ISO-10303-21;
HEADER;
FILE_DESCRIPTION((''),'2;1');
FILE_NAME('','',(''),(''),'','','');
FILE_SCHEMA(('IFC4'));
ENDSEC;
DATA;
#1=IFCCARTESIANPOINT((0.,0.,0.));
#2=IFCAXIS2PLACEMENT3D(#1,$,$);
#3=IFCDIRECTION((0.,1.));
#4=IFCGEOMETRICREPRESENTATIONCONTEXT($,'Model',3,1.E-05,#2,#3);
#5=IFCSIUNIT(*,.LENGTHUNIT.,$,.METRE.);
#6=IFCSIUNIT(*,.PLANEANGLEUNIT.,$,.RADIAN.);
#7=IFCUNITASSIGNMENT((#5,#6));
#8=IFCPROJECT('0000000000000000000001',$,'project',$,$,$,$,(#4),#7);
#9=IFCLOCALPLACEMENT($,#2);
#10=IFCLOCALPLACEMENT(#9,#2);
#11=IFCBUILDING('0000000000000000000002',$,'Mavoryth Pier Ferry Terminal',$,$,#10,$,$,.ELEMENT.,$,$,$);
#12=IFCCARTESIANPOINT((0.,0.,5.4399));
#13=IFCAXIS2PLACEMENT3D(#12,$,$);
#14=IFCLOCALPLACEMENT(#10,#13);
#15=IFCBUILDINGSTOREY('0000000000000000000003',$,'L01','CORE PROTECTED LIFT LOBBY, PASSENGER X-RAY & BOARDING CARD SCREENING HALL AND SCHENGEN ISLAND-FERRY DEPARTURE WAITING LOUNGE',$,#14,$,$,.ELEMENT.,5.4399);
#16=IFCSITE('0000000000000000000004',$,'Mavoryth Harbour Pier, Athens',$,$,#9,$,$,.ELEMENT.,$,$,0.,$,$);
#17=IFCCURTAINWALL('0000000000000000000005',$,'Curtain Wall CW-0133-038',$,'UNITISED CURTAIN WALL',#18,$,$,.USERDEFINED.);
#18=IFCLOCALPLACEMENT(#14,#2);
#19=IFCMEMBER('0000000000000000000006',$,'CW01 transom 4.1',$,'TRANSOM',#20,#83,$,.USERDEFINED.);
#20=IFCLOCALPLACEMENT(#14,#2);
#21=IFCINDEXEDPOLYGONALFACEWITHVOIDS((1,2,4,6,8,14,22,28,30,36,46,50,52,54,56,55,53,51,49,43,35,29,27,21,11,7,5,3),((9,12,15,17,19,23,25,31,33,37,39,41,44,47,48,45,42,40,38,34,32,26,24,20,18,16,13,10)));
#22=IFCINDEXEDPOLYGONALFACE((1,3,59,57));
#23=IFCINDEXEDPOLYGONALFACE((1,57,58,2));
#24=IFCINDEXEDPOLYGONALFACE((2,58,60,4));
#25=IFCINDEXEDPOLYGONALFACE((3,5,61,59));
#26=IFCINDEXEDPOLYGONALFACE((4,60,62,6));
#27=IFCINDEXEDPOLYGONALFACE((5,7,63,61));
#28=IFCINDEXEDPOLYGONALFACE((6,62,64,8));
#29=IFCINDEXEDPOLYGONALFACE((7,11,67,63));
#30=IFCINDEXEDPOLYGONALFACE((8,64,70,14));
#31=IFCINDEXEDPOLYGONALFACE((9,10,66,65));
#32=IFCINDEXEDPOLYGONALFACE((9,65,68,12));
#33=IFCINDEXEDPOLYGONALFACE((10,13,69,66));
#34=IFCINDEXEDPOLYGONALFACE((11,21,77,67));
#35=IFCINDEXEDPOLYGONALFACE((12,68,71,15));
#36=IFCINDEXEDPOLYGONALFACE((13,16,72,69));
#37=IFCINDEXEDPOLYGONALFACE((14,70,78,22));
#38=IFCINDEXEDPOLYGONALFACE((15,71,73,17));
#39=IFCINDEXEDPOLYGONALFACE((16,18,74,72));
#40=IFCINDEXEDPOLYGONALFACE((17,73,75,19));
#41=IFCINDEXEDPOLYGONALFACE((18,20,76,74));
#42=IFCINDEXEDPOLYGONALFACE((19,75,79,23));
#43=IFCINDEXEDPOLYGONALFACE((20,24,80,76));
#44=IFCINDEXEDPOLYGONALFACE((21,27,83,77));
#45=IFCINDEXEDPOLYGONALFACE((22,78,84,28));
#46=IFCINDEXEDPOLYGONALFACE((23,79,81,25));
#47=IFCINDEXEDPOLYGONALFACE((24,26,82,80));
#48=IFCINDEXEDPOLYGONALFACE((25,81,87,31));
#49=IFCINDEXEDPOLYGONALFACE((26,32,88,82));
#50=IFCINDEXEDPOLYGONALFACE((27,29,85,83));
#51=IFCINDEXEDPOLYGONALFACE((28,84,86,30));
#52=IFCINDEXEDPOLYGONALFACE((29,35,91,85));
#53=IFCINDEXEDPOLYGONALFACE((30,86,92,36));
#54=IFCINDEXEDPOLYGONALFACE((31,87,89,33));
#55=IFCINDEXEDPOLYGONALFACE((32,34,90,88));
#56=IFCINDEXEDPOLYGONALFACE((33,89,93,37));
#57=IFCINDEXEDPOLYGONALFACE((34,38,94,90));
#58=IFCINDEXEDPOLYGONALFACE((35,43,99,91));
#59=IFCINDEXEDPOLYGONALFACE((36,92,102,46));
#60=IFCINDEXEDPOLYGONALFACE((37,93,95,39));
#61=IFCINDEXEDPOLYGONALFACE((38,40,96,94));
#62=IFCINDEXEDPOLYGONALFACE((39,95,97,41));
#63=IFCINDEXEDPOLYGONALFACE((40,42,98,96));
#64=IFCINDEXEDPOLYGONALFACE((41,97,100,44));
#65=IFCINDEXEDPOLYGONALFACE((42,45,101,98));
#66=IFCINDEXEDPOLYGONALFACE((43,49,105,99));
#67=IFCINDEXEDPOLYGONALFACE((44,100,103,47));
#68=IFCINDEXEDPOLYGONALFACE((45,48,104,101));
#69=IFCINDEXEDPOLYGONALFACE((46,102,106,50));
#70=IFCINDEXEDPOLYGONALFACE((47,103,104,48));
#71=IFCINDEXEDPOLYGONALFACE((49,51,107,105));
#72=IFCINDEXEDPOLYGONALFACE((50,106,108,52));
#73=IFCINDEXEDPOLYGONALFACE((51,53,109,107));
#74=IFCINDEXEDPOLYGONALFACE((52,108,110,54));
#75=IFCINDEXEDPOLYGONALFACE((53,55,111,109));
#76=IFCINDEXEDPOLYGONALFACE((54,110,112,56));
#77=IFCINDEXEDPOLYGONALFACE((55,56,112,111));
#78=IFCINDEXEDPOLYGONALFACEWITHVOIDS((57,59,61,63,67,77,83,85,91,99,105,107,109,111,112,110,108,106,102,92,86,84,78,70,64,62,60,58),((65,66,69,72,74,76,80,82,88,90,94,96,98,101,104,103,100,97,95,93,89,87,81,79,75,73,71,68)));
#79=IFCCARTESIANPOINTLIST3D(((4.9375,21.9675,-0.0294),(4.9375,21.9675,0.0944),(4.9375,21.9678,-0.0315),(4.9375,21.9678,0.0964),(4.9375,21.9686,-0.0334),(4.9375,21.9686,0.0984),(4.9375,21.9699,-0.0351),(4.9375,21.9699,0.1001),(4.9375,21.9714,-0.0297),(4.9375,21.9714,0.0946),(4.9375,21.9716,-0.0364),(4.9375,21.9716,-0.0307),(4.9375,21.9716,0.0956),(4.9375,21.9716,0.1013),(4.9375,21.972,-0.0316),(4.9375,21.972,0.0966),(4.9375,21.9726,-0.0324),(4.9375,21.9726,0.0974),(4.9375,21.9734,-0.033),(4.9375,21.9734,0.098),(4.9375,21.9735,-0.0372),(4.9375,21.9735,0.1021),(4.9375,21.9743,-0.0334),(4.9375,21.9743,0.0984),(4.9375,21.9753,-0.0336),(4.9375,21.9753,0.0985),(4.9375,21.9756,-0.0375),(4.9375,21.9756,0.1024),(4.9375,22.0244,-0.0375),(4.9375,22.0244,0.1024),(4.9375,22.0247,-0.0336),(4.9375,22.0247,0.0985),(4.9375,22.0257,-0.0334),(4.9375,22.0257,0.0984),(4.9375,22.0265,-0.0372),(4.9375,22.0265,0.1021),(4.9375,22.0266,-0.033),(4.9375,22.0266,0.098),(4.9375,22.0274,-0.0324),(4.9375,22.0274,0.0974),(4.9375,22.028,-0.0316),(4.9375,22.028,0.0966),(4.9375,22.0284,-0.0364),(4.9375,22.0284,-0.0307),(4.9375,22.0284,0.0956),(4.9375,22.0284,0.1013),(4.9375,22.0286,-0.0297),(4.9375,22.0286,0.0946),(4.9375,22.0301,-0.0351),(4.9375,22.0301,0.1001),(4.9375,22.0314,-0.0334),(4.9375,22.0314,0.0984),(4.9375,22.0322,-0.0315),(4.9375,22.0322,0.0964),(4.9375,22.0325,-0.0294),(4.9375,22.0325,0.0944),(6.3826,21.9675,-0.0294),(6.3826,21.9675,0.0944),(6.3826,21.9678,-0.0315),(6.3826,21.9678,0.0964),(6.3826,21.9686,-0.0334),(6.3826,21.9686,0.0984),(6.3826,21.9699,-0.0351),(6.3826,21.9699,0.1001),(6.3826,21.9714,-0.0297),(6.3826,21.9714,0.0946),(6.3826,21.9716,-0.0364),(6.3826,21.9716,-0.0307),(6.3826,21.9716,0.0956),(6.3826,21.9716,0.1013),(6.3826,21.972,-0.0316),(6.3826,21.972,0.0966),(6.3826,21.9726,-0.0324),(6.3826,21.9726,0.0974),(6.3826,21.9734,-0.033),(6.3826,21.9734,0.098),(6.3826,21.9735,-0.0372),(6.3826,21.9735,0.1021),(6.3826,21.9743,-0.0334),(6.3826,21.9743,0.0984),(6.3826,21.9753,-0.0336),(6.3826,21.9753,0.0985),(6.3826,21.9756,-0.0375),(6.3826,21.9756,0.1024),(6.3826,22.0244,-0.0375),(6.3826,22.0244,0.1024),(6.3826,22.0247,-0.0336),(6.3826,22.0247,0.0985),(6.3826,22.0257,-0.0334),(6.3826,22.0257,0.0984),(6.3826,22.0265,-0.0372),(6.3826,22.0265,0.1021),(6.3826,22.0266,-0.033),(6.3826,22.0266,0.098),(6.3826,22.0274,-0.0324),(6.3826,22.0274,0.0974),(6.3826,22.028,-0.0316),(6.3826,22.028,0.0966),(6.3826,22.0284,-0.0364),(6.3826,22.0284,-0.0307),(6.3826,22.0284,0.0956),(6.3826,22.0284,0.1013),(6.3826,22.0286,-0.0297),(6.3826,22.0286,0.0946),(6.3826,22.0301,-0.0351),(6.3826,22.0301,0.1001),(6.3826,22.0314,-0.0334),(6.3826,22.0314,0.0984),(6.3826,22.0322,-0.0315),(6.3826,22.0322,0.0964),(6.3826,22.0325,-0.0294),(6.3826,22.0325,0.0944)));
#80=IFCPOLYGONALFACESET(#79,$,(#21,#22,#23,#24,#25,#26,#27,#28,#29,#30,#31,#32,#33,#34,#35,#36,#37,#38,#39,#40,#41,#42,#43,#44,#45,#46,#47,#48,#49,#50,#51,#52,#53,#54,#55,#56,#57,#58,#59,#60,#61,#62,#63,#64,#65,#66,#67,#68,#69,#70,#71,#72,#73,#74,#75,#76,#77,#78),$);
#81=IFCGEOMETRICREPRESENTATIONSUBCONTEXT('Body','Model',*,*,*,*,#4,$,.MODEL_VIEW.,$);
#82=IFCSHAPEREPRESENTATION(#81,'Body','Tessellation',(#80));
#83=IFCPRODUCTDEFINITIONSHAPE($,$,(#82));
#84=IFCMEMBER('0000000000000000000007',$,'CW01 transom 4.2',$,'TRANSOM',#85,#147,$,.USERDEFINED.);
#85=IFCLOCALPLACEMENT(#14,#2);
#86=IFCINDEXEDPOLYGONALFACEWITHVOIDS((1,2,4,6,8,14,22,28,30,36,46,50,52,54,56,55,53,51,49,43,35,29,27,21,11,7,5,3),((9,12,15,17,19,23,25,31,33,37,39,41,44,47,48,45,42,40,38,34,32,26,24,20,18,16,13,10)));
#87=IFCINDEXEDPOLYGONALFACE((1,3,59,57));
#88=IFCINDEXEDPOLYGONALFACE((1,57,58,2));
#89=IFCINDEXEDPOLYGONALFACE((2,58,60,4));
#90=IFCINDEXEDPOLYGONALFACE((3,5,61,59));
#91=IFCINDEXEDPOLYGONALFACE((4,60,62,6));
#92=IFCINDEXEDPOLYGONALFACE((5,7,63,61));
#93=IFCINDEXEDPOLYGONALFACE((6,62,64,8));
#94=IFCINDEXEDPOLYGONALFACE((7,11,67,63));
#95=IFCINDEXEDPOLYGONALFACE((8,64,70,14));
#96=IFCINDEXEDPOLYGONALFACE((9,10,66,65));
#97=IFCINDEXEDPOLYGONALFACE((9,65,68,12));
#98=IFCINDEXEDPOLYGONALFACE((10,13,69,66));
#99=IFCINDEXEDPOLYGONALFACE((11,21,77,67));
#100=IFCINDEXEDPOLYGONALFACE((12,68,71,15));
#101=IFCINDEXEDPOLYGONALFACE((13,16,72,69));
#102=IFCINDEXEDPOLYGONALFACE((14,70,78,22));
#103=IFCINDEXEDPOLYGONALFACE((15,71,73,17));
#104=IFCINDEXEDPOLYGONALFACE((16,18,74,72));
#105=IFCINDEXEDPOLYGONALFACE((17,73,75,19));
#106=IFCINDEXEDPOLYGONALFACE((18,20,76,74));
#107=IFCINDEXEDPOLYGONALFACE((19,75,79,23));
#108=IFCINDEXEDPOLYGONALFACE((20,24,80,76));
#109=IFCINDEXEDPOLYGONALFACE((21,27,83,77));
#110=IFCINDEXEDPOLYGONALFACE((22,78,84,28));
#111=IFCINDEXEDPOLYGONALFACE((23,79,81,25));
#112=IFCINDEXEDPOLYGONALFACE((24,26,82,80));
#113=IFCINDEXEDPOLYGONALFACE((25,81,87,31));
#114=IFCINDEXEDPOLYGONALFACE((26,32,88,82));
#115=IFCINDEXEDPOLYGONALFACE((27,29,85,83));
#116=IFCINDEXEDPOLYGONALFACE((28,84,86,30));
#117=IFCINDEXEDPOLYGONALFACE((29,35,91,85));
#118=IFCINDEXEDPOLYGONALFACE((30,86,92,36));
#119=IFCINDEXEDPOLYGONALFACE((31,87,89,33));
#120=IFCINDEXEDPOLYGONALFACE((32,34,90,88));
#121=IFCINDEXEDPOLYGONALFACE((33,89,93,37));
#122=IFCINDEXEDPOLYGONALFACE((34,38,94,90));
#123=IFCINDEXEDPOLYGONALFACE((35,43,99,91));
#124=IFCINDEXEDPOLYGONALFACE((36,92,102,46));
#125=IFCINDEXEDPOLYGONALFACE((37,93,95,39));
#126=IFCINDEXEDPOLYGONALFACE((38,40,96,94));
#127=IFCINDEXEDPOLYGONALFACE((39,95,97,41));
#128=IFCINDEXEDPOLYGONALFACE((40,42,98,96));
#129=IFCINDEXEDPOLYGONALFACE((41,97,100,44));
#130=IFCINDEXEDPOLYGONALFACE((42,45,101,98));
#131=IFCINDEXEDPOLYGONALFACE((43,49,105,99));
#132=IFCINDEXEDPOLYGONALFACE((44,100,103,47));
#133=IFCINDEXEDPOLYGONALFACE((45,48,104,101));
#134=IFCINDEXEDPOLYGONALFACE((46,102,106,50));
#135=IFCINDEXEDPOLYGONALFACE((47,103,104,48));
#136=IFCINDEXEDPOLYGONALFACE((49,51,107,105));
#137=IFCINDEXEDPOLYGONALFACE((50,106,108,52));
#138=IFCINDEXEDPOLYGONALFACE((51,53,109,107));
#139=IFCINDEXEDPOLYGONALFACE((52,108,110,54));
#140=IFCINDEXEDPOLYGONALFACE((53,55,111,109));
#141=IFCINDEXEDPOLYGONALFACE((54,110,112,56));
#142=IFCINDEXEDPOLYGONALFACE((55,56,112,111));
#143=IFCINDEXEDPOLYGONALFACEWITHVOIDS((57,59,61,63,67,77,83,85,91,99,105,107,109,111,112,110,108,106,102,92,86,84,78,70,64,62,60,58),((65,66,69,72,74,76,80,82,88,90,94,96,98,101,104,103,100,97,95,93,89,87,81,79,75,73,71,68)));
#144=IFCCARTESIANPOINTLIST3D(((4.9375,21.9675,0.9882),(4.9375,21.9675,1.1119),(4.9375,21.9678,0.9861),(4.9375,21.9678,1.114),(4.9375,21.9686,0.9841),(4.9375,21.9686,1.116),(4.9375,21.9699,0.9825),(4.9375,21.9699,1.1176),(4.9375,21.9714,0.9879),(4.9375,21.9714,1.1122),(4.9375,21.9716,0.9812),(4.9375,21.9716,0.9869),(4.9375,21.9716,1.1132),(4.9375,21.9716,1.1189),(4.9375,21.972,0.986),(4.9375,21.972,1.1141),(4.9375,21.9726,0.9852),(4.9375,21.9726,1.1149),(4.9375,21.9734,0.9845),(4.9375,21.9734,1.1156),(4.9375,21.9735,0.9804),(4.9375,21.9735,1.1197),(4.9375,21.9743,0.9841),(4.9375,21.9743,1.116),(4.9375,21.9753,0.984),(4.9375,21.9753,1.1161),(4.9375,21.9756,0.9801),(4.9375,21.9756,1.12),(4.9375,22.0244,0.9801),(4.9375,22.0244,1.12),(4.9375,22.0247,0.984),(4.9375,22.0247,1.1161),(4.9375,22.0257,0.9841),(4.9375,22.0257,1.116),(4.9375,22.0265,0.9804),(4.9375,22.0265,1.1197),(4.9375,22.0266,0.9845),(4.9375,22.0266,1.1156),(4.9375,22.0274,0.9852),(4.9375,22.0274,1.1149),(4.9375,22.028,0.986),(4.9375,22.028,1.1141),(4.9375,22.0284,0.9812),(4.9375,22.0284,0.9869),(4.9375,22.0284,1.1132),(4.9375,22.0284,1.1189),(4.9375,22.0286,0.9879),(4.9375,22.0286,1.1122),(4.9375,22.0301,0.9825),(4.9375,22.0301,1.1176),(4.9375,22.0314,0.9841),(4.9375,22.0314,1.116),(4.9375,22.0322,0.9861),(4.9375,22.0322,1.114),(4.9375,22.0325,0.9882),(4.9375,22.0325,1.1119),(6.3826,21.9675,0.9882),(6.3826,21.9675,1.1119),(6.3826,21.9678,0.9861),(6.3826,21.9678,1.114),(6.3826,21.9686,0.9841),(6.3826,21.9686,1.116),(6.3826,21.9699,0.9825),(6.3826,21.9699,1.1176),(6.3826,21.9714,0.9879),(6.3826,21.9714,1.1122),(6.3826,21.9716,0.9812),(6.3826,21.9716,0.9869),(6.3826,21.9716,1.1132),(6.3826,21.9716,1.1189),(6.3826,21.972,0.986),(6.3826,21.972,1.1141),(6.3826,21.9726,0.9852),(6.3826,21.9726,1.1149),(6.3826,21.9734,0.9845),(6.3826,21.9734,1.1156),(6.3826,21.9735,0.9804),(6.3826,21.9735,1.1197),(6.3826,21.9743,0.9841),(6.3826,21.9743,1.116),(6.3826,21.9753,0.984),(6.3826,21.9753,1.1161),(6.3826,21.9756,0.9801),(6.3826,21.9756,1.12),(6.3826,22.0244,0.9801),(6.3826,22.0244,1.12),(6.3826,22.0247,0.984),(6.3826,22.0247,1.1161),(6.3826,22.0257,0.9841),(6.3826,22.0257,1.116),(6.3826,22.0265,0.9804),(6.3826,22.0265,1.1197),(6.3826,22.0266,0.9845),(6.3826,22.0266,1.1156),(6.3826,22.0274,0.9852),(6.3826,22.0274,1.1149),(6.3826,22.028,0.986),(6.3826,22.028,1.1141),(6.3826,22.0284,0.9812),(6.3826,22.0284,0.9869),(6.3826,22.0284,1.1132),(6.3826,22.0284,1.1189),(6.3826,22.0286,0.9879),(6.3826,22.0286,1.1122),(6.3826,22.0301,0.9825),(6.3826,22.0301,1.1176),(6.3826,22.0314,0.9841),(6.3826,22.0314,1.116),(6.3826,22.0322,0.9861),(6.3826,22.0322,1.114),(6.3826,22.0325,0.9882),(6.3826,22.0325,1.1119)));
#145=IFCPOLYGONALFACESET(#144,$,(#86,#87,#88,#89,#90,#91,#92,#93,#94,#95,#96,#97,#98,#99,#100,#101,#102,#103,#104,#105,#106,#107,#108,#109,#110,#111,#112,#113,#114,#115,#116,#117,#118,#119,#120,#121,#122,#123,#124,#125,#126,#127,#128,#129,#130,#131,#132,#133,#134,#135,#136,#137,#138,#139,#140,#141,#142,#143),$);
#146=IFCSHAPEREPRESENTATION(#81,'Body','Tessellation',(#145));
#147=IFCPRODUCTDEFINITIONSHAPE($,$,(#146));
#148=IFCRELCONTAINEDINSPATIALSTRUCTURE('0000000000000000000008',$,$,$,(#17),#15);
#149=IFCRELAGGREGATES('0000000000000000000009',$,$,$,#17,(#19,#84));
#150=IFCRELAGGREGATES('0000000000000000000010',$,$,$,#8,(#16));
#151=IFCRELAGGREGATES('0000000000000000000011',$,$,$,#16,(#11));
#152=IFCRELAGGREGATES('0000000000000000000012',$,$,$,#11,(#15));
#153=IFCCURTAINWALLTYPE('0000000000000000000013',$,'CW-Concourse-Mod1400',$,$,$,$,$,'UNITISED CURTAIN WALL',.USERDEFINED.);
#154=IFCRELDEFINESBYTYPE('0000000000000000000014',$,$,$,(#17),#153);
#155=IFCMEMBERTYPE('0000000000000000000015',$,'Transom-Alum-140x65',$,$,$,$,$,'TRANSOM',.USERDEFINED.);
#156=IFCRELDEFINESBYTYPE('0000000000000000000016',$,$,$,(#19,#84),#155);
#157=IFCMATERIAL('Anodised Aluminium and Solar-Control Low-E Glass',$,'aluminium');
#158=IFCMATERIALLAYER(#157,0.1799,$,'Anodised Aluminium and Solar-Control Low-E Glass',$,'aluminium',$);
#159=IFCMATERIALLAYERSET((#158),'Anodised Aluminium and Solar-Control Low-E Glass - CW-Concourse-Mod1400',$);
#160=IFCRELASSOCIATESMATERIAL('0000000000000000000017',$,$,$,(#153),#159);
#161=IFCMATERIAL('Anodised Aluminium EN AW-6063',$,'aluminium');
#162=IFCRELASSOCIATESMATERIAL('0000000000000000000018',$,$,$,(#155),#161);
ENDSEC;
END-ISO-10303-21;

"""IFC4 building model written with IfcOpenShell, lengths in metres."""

from ifc_helpers import new_model, si_unit, direction, frame, origin, origin_2d, place, context, subcontext, project, spatial, hollow_rectangle, extrude, material, layer, layer_set, material_profile, profile_set, type_object, element, aggregate, save


model = new_model("IFC4")

# Units and contexts
model_context = context("Model", 3, precision=1e-05, world=origin(), true_north=direction((0.0, 1.0)))
body_context = subcontext(model_context, "Body", "Model", "MODEL_VIEW")
ifc_project = project(units=[si_unit("LENGTHUNIT", "METRE"), si_unit("PLANEANGLEUNIT", "RADIAN")], contexts=[model_context])

# Site, building, storey
site_placement = place(None, origin())
site = spatial("IfcSite", under=ifc_project, at=site_placement, Name="Mavoryth Harbour Pier, Athens", CompositionType="ELEMENT", RefElevation=0.0)
building_placement = place(site_placement, origin())
building = spatial("IfcBuilding", under=site, at=building_placement, Name="Mavoryth Pier Ferry Terminal", CompositionType="ELEMENT")
storey_placement = place(building_placement, frame((0.0, 0.0, 5.4399)))
storey = spatial("IfcBuildingStorey", under=building, at=storey_placement, Name="L01", Description="CORE PROTECTED LIFT LOBBY, PASSENGER X-RAY & BOARDING CARD SCREENING HALL AND SCHENGEN ISLAND-FERRY DEPARTURE WAITING LOUNGE", CompositionType="ELEMENT", Elevation=5.4399)

# Curtain wall
ifc_material_1 = material(Name="Anodised Aluminium and Solar-Control Low-E Glass", Category="aluminium")
ifc_layer_1 = layer(ifc_material_1, 0.1799, Name="Anodised Aluminium and Solar-Control Low-E Glass", Category="aluminium")
ifc_layer_set_1 = layer_set([ifc_layer_1], Name="Anodised Aluminium and Solar-Control Low-E Glass - CW-Concourse-Mod1400")
curtain_wall_type = type_object("IfcCurtainWallType", Name="CW-Concourse-Mod1400", ElementType="UNITISED CURTAIN WALL", PredefinedType="USERDEFINED", material=ifc_layer_set_1)
curtain_wall_1_placement = place(storey_placement, origin())
curtain_wall_1 = element("IfcCurtainWall", 1, at=curtain_wall_1_placement, inside=storey, type_object=curtain_wall_type, Name="Curtain Wall CW-0133-038", ObjectType="UNITISED CURTAIN WALL", PredefinedType="USERDEFINED")
ifc_material_2 = material(Name="Anodised Aluminium EN AW-6063", Category="aluminium")

# Members
ifc_material_profile_1 = material_profile(ifc_material_2, hollow_rectangle(XDim=0.0649, YDim=0.1399, WallThickness=0.0039, InnerFilletRadius=0.0039, OuterFilletRadius=0.0081, at=origin_2d()), Name="AL-TRAN 140x65x4", Category="aluminium")
ifc_profile_set_1 = profile_set([ifc_material_profile_1], Name="Anodised Aluminium EN AW-6063 - AL-TRAN 140x65x4")
member_type_1 = type_object("IfcMemberType", Name="Transom-Alum-140x65", ElementType="TRANSOM", PredefinedType="USERDEFINED", material=ifc_profile_set_1)
member_1_placement = place(storey_placement, frame((4.9375, 22.0, 0.0325), z_axis=(1.0, 0.0, 0.0), x_axis=(0.0, 1.0, 0.0)))
member_1 = element("IfcMember", 2, at=member_1_placement, type_object=member_type_1, Name="CW01 transom 4.1", ObjectType="TRANSOM", PredefinedType="USERDEFINED", context=body_context, shape_type="SweptSolid", body=[
    extrude(hollow_rectangle(XDim=0.0649, YDim=0.1399, WallThickness=0.0039, InnerFilletRadius=0.0039, OuterFilletRadius=0.0081, at=origin_2d()), origin(), (0.0, 0.0, 1.0), 1.4451),
])
member_2_placement = place(storey_placement, frame((4.9375, 22.0, 1.05), z_axis=(1.0, 0.0, 0.0), x_axis=(0.0, 1.0, 0.0)))
member_2 = element("IfcMember", 3, at=member_2_placement, type_object=member_type_1, Name="CW01 transom 4.2", ObjectType="TRANSOM", PredefinedType="USERDEFINED", context=body_context, shape_type="SweptSolid", body=[
    extrude(hollow_rectangle(XDim=0.0649, YDim=0.1399, WallThickness=0.0039, InnerFilletRadius=0.0039, OuterFilletRadius=0.0081, at=origin_2d()), origin(), (0.0, 0.0, 1.0), 1.4451),
])

aggregate(curtain_wall_1, [member_1, member_2])

save(model, "model.ifc")
